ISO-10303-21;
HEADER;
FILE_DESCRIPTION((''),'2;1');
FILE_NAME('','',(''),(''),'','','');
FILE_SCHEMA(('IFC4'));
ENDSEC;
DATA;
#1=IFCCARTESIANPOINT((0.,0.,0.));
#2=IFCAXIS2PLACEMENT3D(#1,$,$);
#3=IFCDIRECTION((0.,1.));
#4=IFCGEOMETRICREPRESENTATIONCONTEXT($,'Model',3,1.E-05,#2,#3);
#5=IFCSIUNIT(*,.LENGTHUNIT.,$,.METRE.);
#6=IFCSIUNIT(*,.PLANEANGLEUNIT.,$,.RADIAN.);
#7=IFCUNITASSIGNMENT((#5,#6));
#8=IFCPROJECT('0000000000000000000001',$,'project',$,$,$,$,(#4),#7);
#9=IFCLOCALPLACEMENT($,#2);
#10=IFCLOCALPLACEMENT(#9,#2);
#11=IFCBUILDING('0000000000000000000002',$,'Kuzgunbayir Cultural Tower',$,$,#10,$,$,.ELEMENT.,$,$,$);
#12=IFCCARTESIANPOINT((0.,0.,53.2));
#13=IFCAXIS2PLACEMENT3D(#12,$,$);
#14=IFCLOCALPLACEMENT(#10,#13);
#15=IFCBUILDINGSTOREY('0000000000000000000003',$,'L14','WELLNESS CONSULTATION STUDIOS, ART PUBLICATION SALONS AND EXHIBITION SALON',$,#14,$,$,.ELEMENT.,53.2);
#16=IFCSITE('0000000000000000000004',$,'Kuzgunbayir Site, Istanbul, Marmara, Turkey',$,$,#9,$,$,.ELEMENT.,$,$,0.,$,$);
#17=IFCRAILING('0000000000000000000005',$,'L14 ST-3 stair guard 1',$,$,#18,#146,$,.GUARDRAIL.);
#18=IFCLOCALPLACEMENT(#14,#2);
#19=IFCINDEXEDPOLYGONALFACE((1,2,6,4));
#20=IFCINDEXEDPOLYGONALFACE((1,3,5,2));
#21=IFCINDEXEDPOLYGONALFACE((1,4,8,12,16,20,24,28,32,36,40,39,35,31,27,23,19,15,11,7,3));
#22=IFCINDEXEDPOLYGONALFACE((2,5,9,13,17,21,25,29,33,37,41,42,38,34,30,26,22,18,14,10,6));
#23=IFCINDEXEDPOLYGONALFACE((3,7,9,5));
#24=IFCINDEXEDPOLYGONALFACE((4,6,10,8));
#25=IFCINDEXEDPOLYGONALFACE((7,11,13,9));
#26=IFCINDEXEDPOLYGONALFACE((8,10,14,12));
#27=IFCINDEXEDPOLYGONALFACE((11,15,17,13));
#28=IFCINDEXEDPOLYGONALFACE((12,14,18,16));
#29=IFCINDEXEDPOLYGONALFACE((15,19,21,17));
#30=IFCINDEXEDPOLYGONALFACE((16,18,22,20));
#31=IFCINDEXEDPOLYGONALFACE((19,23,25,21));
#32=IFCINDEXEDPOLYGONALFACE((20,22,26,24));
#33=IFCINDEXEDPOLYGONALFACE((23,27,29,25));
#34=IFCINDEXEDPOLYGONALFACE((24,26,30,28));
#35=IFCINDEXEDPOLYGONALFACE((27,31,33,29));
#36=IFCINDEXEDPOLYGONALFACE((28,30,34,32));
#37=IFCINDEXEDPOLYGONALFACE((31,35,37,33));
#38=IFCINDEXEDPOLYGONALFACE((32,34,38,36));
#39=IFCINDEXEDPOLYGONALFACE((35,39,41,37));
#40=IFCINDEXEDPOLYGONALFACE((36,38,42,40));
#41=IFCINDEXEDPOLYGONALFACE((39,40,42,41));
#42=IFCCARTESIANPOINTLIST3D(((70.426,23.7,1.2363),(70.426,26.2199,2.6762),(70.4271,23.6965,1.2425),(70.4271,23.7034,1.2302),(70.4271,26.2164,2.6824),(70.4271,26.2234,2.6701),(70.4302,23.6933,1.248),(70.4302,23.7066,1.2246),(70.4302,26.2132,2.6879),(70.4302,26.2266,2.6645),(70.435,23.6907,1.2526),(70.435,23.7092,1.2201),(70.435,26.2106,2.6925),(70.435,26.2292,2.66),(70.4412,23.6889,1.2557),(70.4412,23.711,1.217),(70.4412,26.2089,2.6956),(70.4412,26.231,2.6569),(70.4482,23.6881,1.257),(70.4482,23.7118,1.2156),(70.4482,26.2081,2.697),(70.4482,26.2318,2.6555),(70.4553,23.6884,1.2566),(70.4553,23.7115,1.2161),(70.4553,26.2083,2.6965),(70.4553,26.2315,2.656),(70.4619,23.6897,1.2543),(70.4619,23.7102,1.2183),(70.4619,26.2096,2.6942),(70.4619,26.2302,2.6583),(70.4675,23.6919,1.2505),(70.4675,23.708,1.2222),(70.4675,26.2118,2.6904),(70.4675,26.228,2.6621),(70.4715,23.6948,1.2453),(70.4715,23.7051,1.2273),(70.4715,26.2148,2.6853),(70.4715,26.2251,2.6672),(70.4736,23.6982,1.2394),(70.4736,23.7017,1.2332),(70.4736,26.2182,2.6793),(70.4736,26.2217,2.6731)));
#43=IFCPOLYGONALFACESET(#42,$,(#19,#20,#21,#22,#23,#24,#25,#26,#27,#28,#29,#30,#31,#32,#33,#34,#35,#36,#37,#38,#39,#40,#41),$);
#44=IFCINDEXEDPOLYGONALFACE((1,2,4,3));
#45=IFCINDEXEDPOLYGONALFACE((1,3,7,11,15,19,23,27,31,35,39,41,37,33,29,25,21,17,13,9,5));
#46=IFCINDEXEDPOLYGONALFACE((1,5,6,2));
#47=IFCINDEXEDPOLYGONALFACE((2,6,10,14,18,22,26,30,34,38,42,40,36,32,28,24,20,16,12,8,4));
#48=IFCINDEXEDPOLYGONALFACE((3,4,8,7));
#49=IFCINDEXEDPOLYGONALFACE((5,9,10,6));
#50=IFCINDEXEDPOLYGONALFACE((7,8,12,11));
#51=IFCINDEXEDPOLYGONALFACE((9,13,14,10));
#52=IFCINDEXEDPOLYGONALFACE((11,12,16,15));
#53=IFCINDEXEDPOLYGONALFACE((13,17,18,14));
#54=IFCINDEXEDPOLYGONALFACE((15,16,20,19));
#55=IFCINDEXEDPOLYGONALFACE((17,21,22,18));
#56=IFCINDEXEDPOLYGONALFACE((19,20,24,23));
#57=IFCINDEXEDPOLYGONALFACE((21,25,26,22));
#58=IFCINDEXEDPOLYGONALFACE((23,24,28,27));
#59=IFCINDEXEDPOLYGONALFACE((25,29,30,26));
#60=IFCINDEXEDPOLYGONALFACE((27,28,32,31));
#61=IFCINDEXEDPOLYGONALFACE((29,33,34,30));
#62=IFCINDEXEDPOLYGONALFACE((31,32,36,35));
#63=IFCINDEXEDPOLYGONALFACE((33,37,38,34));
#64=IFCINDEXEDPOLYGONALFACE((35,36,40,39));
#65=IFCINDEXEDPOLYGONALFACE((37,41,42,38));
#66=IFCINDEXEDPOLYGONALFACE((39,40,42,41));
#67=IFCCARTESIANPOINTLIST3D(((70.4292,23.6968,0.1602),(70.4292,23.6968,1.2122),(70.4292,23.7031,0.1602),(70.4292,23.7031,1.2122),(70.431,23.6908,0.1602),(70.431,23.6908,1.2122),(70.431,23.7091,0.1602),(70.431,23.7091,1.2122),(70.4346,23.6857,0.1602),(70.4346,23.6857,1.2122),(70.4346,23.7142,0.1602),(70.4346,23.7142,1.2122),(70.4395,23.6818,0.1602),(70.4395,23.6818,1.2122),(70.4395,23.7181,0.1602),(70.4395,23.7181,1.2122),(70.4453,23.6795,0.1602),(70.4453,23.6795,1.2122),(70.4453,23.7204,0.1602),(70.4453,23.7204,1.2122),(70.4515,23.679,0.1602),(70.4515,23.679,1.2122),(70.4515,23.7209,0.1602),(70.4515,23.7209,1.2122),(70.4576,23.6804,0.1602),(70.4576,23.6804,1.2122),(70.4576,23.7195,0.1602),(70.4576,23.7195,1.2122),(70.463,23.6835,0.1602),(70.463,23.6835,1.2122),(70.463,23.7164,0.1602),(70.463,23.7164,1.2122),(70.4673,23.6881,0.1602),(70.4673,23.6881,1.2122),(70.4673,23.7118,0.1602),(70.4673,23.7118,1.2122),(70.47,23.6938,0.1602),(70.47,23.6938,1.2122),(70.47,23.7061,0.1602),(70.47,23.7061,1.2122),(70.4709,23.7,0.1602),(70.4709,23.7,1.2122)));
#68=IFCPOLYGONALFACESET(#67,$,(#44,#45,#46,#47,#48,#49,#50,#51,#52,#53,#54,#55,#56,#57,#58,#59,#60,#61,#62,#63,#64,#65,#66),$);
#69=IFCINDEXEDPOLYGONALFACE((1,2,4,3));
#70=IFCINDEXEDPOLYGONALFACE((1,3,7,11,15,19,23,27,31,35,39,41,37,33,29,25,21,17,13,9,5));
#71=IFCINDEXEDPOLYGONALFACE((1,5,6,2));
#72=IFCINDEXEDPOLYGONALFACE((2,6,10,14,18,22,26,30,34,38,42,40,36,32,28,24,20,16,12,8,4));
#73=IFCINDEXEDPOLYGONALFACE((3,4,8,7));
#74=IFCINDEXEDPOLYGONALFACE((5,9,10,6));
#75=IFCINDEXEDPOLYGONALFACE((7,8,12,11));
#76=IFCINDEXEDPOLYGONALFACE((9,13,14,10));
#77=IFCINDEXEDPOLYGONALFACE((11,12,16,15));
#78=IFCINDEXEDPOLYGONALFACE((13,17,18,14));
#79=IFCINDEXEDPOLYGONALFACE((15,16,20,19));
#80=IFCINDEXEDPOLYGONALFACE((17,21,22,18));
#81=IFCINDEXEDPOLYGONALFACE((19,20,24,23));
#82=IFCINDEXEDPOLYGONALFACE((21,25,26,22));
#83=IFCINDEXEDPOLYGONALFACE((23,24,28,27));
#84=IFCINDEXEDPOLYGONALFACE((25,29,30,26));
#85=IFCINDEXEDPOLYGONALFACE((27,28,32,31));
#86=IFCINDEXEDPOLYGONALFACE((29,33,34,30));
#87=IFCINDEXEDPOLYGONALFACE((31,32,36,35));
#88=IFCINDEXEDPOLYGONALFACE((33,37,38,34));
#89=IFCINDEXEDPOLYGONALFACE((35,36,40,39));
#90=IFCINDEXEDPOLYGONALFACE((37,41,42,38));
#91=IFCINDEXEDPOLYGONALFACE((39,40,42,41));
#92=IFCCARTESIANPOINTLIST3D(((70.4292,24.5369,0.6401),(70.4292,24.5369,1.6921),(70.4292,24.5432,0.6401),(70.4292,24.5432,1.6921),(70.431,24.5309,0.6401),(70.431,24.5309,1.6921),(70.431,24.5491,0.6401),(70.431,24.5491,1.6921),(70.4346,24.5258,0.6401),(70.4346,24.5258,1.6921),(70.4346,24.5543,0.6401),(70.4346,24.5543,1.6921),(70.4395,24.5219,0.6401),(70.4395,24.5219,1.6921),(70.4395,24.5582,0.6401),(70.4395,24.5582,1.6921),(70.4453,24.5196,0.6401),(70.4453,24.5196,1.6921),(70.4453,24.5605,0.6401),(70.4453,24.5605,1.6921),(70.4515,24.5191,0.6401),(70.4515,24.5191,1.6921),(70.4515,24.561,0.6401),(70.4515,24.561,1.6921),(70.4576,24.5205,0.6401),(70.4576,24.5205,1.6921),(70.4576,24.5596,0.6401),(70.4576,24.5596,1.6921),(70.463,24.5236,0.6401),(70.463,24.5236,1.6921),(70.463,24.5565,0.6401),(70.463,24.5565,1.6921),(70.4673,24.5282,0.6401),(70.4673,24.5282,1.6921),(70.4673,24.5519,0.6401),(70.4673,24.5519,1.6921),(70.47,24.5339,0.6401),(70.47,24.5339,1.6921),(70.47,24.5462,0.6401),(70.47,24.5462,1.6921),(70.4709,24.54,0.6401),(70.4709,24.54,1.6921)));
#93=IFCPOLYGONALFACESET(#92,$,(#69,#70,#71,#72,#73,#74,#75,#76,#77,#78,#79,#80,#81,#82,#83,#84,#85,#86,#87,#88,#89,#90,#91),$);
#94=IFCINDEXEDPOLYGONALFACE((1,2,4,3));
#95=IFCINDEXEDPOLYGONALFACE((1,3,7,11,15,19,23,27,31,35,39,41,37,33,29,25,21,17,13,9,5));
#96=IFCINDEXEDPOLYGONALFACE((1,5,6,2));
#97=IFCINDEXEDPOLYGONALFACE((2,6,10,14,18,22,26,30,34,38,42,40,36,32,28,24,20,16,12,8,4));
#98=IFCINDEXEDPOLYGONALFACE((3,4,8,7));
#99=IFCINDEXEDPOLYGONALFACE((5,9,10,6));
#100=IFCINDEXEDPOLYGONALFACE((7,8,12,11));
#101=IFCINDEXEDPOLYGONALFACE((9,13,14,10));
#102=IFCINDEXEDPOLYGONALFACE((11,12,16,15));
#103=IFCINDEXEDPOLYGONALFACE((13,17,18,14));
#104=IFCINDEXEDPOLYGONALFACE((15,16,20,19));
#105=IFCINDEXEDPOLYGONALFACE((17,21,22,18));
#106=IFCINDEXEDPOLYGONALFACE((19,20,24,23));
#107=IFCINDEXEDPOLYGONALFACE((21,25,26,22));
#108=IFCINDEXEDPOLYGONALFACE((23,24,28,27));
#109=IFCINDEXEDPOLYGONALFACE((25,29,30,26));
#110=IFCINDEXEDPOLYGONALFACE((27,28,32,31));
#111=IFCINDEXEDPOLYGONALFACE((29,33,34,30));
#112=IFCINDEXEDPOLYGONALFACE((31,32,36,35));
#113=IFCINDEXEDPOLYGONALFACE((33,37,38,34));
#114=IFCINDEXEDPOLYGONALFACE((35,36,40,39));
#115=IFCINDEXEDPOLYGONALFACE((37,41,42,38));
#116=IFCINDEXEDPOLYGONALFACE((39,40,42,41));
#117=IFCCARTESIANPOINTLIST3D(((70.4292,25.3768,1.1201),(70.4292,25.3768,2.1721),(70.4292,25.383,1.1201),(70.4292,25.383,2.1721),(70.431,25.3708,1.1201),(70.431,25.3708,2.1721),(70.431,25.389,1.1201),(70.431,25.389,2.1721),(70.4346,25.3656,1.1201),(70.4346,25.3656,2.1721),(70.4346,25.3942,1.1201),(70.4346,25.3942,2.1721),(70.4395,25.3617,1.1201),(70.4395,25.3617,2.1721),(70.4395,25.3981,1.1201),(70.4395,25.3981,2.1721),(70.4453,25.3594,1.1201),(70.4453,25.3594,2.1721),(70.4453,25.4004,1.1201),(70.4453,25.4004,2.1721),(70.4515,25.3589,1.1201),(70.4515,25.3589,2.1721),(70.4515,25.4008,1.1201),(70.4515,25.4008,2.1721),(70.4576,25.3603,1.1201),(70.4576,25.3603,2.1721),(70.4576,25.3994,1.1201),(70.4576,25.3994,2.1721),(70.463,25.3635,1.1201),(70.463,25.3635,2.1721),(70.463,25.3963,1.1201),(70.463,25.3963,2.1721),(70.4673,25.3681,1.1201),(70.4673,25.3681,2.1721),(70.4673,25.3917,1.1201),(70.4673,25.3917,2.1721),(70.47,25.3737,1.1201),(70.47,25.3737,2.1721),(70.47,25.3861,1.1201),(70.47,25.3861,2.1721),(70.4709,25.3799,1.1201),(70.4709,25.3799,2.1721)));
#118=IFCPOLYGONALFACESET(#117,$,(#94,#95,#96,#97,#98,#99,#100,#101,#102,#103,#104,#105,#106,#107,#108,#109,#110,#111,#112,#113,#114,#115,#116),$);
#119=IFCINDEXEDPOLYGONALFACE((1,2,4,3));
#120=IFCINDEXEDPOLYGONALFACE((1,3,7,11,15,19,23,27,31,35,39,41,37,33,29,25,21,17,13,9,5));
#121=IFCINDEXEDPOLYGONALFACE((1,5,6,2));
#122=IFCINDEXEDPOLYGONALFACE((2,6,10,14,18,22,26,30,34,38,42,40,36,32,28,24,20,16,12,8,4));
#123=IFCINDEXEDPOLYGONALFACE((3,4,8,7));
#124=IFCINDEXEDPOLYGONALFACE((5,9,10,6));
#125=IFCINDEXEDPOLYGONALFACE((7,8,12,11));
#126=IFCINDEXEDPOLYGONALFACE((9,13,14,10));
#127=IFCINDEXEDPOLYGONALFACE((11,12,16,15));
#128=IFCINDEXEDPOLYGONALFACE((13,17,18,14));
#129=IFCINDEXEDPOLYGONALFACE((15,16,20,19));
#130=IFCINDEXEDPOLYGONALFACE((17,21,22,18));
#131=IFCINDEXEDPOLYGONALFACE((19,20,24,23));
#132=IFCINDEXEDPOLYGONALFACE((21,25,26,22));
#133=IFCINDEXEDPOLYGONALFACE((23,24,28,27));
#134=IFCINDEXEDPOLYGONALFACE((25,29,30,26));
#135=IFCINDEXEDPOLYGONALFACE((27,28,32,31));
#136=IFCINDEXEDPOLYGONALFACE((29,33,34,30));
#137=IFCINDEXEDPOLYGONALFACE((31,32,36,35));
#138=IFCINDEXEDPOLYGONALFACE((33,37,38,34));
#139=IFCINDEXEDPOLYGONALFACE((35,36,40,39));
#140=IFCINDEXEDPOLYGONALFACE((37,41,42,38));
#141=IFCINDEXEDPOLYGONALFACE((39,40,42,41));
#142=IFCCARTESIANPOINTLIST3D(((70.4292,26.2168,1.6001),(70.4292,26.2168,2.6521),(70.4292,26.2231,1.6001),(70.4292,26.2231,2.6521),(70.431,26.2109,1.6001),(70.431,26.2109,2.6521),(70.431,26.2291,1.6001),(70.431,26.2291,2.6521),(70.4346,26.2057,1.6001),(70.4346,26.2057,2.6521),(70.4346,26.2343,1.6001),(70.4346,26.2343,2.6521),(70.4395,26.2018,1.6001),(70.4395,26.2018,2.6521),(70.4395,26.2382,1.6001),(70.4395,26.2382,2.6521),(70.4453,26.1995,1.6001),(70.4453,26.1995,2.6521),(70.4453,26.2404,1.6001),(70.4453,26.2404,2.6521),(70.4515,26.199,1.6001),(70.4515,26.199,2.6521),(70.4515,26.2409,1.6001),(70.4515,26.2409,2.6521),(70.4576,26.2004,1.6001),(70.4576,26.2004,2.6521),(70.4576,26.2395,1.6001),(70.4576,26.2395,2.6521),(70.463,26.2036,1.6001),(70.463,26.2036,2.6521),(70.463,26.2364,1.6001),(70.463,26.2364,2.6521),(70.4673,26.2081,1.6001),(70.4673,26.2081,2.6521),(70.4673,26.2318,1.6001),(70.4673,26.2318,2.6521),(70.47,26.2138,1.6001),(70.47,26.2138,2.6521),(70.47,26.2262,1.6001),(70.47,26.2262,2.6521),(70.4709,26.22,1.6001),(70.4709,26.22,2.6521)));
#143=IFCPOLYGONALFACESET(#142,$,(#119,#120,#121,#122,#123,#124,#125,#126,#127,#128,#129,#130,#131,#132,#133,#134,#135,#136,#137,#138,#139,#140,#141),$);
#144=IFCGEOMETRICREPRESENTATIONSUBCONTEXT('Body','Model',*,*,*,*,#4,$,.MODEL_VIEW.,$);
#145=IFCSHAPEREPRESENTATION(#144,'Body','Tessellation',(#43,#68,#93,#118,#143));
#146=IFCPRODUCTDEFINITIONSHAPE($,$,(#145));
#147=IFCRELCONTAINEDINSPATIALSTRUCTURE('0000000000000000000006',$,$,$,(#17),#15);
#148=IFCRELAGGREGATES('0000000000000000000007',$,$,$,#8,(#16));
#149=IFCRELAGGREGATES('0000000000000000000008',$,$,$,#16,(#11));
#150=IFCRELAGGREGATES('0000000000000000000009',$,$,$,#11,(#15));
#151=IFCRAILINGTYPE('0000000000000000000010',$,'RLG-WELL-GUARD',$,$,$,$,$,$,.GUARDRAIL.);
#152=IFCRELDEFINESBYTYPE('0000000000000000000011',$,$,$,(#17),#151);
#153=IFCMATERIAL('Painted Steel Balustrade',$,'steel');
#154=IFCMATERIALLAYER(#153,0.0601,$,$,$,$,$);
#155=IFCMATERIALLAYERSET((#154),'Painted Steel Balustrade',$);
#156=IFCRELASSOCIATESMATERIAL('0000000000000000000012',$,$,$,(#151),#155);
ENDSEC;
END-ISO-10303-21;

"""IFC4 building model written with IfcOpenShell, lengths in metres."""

from ifc_helpers import new_model, si_unit, direction, frame, origin, origin_2d, place, context, subcontext, project, spatial, circle, extrude, material, layer, layer_set, type_object, element, save


model = new_model("IFC4")

# Units and contexts
model_context = context("Model", 3, precision=1e-05, world=origin(), true_north=direction((0.0, 1.0)))
body_context = subcontext(model_context, "Body", "Model", "MODEL_VIEW")
ifc_project = project(units=[si_unit("LENGTHUNIT", "METRE"), si_unit("PLANEANGLEUNIT", "RADIAN")], contexts=[model_context])

# Site, building, storey
site_placement = place(None, origin())
site = spatial("IfcSite", under=ifc_project, at=site_placement, Name="Kuzgunbayir Site, Istanbul, Marmara, Turkey", CompositionType="ELEMENT", RefElevation=0.0)
building_placement = place(site_placement, origin())
building = spatial("IfcBuilding", under=site, at=building_placement, Name="Kuzgunbayir Cultural Tower", CompositionType="ELEMENT")
storey_placement = place(building_placement, frame((0.0, 0.0, 53.2)))
storey = spatial("IfcBuildingStorey", under=building, at=storey_placement, Name="L14", Description="WELLNESS CONSULTATION STUDIOS, ART PUBLICATION SALONS AND EXHIBITION SALON", CompositionType="ELEMENT", Elevation=53.2)

# Railing
ifc_material_1 = material(Name="Painted Steel Balustrade", Category="steel")
ifc_layer_1 = layer(ifc_material_1, 0.0601)
ifc_layer_set_1 = layer_set([ifc_layer_1], Name="Painted Steel Balustrade")
railing_type_1 = type_object("IfcRailingType", Name="RLG-WELL-GUARD", PredefinedType="GUARDRAIL", material=ifc_layer_set_1)
railing_1_placement = place(storey_placement, frame((70.45, 23.7, 0.1602)))
element("IfcRailing", 1, at=railing_1_placement, inside=storey, type_object=railing_type_1, Name="L14 ST-3 stair guard 1", PredefinedType="GUARDRAIL", context=body_context, shape_type="SweptSolid", body=[
    extrude(circle(Radius=0.0239, at=origin_2d()), frame((0.0, 0.0, 1.0762), z_axis=(0.0, 0.868253, 0.496121), x_axis=(-1.0, 0.0, 0.0)), (0.0, 0.0, 1.0), 2.9023),
    extrude(circle(Radius=0.021, at=origin_2d()), origin(), (0.0, 0.0, 1.0), 1.052),
    extrude(circle(Radius=0.021, at=origin_2d()), frame((0.0, 0.8401, 0.48)), (0.0, 0.0, 1.0), 1.052),
    extrude(circle(Radius=0.021, at=origin_2d()), frame((0.0, 1.6799, 0.96)), (0.0, 0.0, 1.0), 1.052),
    extrude(circle(Radius=0.021, at=origin_2d()), frame((0.0, 2.52, 1.4399)), (0.0, 0.0, 1.0), 1.052),
])

save(model, "model.ifc")
